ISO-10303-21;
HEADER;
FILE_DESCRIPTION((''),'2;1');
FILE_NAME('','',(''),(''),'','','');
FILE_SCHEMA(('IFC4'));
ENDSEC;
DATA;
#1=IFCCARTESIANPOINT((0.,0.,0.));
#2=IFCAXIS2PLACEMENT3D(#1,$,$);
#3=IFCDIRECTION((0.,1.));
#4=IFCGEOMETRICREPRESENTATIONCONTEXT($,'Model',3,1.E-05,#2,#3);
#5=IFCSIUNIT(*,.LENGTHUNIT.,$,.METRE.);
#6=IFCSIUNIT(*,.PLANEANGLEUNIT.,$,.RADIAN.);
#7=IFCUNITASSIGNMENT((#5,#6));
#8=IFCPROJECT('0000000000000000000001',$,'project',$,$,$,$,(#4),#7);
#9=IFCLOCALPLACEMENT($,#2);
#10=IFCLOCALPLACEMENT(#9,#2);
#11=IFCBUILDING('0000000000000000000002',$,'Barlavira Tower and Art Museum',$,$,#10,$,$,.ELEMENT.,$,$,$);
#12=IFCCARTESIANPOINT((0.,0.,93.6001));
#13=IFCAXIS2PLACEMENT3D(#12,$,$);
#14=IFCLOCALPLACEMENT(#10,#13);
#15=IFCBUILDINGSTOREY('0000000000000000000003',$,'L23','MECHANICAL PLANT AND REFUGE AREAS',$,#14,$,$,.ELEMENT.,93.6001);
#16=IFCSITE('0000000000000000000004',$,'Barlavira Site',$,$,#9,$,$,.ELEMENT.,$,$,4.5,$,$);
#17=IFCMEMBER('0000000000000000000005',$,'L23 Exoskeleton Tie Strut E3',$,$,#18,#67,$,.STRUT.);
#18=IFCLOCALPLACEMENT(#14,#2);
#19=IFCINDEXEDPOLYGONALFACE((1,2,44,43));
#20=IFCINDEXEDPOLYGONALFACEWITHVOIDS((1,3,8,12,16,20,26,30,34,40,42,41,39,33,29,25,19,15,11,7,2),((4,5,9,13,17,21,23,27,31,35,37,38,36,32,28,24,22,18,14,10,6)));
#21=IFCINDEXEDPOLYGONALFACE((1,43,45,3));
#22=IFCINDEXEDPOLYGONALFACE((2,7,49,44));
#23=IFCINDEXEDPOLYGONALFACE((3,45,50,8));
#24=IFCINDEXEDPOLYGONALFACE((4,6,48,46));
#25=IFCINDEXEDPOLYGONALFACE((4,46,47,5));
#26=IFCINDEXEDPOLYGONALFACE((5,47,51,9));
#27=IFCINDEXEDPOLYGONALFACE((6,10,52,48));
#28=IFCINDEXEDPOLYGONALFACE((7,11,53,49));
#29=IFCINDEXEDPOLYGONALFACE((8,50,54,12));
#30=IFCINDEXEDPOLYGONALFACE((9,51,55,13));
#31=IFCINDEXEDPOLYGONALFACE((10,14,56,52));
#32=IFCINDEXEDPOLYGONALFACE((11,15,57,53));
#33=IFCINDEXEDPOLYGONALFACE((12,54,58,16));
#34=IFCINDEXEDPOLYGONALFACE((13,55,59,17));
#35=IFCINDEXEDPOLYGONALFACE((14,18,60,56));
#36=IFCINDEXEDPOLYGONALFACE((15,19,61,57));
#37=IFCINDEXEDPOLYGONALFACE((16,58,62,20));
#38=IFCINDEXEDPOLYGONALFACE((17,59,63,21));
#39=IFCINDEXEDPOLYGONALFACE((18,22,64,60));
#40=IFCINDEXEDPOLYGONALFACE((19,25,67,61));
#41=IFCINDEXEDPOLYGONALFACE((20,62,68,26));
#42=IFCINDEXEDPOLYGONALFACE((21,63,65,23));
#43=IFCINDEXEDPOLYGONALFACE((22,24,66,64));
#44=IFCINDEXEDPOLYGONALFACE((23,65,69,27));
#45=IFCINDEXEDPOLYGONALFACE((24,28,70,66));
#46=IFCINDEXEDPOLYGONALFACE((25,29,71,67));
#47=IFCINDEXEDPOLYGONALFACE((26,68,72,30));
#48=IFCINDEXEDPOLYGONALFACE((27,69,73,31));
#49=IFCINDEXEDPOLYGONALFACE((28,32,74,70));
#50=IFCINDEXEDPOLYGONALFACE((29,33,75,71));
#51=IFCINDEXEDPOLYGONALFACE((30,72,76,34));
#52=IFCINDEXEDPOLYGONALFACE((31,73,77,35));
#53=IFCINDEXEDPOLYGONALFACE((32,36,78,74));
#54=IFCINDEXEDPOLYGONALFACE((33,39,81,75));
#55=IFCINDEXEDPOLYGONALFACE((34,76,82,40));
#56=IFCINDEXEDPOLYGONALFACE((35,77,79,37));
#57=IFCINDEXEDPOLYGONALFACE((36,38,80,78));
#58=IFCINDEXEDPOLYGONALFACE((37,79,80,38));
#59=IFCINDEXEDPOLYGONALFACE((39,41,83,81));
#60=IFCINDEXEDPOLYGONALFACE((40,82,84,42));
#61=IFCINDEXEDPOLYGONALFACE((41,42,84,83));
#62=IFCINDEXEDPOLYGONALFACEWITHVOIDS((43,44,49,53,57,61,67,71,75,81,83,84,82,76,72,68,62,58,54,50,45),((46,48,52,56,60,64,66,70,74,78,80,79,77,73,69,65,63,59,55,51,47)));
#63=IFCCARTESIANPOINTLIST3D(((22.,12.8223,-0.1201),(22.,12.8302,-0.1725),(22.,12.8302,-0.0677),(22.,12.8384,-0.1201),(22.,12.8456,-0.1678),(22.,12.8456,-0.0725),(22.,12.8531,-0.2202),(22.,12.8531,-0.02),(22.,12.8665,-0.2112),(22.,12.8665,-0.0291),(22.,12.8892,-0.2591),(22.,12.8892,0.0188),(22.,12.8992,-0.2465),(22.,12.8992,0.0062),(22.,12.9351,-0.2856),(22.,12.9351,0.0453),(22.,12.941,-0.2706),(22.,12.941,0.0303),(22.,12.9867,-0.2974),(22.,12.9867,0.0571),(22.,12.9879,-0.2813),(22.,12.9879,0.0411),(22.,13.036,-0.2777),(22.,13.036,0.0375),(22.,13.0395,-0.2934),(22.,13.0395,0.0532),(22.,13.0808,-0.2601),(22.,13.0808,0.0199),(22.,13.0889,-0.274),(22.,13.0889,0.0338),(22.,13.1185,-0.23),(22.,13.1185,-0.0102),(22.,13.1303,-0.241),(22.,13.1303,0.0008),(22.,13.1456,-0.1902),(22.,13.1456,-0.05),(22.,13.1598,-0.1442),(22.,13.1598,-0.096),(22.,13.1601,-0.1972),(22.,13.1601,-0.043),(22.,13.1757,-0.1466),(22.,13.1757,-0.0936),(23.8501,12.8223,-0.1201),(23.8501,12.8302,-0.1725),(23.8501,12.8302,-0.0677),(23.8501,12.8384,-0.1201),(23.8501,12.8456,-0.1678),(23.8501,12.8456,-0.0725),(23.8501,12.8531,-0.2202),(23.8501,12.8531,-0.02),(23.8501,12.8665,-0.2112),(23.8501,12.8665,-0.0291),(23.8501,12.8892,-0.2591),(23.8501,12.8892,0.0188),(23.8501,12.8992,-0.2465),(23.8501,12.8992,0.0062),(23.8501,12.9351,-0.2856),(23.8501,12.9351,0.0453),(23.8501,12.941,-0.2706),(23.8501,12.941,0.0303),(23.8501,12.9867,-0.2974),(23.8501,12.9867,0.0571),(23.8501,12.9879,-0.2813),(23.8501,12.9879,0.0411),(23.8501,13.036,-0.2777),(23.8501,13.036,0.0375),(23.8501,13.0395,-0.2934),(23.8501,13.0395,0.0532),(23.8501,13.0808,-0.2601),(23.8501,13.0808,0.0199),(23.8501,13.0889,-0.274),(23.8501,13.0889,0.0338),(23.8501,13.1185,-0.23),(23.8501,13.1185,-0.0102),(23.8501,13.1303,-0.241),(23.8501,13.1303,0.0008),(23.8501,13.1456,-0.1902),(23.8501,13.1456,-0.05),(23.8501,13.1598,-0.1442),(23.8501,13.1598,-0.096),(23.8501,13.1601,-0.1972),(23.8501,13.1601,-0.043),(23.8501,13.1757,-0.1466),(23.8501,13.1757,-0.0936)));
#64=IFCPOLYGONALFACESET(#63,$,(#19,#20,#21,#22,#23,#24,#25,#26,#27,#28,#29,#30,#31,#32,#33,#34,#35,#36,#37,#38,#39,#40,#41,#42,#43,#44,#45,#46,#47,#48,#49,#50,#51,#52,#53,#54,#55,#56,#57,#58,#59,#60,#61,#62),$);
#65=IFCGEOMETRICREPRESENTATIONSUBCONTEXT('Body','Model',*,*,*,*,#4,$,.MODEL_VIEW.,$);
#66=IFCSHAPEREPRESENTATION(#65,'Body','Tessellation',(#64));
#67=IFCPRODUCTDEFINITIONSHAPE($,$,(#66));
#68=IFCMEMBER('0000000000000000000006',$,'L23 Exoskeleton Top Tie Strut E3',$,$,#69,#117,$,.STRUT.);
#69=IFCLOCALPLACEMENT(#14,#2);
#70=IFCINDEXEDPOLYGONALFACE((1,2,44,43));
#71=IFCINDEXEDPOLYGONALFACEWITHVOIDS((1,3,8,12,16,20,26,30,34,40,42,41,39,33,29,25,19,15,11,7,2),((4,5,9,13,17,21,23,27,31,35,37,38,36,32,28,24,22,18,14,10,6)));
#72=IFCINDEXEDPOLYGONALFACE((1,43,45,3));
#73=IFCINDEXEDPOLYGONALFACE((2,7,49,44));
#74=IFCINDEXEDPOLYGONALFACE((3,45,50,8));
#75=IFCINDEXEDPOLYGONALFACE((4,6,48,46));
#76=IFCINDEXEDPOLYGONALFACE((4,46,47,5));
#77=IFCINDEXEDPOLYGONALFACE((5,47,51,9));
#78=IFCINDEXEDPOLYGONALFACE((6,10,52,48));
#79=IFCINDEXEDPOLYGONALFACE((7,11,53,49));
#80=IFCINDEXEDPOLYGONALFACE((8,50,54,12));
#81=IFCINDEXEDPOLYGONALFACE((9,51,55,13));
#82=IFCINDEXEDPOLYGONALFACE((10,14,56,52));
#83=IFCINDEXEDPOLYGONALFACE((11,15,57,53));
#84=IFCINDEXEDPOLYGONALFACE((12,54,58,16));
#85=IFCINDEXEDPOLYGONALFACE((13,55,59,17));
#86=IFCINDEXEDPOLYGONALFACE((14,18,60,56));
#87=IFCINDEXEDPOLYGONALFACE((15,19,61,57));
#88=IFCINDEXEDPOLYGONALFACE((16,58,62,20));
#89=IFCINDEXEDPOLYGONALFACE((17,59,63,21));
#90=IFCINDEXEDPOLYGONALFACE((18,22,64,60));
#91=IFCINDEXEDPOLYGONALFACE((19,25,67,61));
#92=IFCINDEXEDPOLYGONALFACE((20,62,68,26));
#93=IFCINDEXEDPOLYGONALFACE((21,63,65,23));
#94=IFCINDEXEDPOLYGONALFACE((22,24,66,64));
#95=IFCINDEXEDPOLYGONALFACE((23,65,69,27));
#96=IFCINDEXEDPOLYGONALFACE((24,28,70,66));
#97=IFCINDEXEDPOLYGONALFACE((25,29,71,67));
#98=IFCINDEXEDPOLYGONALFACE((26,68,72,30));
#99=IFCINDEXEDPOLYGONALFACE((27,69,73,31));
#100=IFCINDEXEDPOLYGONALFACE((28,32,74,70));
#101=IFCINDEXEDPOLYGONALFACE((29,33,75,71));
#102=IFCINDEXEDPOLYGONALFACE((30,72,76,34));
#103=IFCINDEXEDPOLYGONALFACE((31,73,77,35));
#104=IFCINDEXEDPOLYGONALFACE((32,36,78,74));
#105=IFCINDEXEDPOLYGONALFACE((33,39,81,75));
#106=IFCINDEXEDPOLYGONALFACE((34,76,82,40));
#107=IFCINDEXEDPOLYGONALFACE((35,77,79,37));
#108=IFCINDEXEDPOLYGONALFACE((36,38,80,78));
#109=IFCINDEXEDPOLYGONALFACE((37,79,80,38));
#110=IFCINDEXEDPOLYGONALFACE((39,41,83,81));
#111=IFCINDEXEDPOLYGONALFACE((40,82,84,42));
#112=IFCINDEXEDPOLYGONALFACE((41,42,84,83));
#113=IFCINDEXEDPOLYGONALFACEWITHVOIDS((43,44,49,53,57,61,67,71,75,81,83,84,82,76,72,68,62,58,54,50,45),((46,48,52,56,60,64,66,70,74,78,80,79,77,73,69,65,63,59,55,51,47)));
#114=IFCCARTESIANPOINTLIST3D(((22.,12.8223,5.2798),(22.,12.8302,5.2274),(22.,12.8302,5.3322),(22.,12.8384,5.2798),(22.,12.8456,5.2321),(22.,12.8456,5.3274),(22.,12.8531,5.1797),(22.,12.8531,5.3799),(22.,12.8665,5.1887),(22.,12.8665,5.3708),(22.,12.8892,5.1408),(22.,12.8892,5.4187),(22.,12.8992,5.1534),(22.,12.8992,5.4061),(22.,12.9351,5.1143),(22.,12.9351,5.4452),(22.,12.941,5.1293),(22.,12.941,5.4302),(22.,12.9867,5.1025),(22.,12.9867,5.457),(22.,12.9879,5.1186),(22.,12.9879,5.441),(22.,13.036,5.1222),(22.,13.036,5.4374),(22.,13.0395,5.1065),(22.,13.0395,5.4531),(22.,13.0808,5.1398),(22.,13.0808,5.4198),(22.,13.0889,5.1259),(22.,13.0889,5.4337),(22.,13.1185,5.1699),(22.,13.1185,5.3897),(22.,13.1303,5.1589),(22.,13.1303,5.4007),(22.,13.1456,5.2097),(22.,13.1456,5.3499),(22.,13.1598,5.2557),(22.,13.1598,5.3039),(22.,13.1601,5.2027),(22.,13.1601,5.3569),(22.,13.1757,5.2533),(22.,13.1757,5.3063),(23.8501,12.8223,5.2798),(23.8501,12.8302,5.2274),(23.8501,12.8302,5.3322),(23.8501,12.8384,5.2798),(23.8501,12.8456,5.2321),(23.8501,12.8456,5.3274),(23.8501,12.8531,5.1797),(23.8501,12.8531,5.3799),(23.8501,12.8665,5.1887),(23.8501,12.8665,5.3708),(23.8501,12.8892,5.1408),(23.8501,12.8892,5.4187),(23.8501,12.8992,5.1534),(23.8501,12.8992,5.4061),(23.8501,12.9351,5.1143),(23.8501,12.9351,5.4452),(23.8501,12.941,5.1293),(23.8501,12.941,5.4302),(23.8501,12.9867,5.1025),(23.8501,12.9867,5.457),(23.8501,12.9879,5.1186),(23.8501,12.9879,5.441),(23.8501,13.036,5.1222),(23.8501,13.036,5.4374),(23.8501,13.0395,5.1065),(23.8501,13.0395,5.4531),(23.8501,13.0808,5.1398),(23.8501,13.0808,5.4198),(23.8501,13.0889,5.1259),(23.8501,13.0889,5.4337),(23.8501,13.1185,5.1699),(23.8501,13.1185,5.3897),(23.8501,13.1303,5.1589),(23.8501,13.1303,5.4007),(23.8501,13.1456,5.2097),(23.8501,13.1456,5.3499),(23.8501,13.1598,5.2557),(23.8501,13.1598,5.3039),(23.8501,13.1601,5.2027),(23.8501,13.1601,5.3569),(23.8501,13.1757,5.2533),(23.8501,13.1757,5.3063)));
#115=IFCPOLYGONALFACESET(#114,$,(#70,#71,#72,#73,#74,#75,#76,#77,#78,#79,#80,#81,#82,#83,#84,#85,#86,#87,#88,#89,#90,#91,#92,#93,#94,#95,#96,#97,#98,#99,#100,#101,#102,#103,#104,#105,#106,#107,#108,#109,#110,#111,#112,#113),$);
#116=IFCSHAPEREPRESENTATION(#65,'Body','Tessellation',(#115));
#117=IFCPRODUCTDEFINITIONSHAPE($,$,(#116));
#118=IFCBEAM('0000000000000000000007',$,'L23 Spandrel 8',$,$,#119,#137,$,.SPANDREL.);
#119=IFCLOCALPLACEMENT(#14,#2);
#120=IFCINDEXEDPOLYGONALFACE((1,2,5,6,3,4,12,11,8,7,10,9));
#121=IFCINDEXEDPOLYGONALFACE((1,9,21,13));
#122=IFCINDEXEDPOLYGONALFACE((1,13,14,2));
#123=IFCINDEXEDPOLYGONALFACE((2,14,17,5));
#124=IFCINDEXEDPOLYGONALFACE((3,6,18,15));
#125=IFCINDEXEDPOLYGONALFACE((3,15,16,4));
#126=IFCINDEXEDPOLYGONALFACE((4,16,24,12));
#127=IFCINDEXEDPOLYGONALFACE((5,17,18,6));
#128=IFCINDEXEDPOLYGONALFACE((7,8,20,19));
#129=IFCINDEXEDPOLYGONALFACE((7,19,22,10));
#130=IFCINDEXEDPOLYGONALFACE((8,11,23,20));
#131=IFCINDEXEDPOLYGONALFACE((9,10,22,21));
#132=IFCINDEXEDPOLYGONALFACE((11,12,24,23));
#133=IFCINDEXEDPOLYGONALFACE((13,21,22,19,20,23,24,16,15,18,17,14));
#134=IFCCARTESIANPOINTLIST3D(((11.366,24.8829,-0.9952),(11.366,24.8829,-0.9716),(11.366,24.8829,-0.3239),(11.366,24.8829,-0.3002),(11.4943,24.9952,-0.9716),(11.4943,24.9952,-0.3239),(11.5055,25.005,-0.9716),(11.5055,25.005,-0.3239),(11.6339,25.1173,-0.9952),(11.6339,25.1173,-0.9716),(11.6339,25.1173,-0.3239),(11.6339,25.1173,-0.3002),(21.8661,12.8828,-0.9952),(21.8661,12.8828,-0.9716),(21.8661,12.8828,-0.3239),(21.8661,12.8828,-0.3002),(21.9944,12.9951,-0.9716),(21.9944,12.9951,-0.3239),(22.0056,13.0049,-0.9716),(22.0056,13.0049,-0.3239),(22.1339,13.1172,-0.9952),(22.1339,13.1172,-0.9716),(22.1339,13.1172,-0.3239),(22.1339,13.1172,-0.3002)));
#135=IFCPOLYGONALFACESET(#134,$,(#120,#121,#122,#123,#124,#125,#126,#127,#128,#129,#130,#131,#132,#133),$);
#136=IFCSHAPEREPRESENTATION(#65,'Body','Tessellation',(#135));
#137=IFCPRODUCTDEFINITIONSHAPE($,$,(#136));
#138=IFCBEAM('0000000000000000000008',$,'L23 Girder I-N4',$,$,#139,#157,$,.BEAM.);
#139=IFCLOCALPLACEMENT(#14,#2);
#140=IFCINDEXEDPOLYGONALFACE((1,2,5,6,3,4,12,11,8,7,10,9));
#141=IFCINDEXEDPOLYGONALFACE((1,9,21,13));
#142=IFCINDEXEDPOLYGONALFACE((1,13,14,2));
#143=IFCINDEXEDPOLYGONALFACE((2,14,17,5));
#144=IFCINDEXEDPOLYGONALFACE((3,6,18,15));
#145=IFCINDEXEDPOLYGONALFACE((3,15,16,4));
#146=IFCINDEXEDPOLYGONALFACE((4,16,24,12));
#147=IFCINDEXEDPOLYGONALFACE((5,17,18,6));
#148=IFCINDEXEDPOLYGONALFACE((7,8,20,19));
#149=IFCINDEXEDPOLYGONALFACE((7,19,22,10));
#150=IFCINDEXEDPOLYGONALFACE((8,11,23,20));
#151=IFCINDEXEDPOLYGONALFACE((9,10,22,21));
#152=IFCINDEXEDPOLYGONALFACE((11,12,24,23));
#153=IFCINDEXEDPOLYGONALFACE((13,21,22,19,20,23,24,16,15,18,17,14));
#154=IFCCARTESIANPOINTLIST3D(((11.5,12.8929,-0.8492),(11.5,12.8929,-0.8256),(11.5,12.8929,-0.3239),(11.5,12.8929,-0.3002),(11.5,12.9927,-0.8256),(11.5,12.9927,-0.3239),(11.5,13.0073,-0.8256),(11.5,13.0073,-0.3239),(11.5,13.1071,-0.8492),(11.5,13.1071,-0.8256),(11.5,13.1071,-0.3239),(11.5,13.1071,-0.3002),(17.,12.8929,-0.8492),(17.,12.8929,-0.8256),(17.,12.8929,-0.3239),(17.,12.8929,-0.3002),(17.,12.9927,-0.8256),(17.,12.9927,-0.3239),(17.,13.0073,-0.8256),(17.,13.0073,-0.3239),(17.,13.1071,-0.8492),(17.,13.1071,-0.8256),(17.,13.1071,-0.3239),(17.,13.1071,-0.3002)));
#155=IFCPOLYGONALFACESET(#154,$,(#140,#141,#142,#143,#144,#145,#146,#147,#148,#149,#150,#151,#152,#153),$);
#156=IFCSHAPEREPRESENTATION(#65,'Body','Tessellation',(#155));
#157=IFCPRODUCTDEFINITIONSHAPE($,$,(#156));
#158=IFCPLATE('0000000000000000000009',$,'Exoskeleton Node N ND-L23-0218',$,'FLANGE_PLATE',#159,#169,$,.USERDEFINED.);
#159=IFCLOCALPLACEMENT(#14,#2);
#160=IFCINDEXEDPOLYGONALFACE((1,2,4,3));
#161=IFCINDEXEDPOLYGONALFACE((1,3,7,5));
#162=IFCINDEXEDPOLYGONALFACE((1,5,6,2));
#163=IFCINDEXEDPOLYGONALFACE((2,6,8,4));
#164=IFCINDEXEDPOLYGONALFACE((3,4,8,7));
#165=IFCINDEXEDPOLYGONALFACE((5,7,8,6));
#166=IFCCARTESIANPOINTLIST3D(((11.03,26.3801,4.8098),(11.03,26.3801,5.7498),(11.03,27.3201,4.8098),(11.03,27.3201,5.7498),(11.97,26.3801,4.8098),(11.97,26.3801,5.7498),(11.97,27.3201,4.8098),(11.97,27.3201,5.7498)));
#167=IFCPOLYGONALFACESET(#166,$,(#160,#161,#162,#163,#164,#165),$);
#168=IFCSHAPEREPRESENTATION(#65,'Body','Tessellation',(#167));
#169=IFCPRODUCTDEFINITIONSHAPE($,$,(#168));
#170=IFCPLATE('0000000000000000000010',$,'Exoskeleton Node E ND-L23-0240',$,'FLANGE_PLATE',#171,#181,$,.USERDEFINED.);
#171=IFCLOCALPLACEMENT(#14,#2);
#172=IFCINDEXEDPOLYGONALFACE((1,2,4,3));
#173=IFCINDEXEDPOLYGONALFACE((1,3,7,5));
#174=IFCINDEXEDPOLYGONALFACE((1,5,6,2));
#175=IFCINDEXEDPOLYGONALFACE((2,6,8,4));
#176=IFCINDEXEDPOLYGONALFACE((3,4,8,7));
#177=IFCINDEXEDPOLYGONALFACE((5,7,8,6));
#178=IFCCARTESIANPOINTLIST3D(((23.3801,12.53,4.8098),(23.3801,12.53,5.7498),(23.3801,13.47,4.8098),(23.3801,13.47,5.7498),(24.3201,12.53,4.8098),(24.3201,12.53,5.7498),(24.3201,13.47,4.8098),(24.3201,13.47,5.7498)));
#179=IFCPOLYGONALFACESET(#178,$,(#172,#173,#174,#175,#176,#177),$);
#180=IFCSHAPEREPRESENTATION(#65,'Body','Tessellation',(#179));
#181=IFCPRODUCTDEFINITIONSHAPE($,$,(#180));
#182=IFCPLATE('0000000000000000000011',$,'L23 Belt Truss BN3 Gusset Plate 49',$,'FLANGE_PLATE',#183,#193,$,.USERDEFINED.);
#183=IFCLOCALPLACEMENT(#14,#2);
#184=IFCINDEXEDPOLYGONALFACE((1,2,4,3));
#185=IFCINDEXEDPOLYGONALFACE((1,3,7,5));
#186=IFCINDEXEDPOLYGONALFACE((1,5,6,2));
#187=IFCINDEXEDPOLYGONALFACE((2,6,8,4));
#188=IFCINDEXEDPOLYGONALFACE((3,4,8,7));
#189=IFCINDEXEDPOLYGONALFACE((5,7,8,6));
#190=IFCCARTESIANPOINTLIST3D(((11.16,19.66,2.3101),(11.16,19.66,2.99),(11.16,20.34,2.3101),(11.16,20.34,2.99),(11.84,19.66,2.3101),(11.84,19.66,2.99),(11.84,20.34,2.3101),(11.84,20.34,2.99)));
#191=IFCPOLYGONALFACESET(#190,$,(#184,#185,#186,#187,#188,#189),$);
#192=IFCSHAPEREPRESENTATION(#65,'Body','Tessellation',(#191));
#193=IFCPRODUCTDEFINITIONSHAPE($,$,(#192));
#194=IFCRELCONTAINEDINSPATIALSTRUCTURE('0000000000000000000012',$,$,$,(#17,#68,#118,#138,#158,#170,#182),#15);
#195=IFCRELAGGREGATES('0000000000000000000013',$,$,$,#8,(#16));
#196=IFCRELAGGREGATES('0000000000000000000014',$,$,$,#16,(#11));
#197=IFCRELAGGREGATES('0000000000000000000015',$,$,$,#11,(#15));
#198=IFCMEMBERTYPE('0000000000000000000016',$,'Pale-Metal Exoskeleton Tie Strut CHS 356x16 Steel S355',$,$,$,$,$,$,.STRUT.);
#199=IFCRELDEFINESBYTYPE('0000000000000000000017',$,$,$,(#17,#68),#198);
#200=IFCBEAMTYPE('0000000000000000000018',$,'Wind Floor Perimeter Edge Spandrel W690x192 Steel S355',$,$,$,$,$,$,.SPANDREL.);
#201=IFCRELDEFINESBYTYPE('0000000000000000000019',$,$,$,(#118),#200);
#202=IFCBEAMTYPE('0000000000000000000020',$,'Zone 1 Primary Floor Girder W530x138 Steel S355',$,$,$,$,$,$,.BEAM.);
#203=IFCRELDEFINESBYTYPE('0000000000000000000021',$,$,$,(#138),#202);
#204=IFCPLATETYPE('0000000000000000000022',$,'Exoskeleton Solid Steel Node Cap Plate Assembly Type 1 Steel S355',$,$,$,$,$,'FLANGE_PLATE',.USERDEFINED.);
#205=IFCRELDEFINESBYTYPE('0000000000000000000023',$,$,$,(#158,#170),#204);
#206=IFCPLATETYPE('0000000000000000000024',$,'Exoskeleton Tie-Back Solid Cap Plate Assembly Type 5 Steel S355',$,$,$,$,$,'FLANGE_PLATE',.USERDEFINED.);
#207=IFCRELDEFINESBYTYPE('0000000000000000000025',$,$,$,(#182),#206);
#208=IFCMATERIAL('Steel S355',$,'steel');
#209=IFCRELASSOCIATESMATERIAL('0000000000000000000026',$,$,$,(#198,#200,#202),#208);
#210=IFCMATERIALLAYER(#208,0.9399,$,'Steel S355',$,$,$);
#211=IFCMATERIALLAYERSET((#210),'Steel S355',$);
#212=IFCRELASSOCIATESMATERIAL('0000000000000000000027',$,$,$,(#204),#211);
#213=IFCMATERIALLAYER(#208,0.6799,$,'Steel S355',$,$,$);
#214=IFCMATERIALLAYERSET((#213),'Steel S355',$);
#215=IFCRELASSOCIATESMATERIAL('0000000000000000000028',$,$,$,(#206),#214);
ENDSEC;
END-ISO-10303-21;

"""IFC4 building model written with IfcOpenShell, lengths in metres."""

from ifc_helpers import new_model, si_unit, direction, frame, origin, origin_2d, place, context, subcontext, project, spatial, rectangle, hollow_circle, i_section, extrude, material, layer, layer_set, material_profile, profile_set, type_object, element, save


model = new_model("IFC4")

# Units and contexts
model_context = context("Model", 3, precision=1e-05, world=origin(), true_north=direction((0.0, 1.0)))
body_context = subcontext(model_context, "Body", "Model", "MODEL_VIEW")
ifc_project = project(units=[si_unit("LENGTHUNIT", "METRE"), si_unit("PLANEANGLEUNIT", "RADIAN")], contexts=[model_context])

# Site, building, storey
site_placement = place(None, origin())
site = spatial("IfcSite", under=ifc_project, at=site_placement, Name="Barlavira Site", CompositionType="ELEMENT", RefElevation=4.5)
building_placement = place(site_placement, origin())
building = spatial("IfcBuilding", under=site, at=building_placement, Name="Barlavira Tower and Art Museum", CompositionType="ELEMENT")
storey_placement = place(building_placement, frame((0.0, 0.0, 93.6001)))
storey = spatial("IfcBuildingStorey", under=building, at=storey_placement, Name="L23", Description="MECHANICAL PLANT AND REFUGE AREAS", CompositionType="ELEMENT", Elevation=93.6001)

# Members
ifc_material_1 = material(Name="Steel S355", Category="steel")
ifc_material_profile_1 = material_profile(ifc_material_1, hollow_circle(Radius=0.1777, WallThickness=0.0161, at=origin_2d()), Name="CHS 355.6x16.0")
ifc_profile_set_1 = profile_set([ifc_material_profile_1], Name="Steel S355")
member_type_1 = type_object("IfcMemberType", Name="Pale-Metal Exoskeleton Tie Strut CHS 356x16 Steel S355", PredefinedType="STRUT", material=ifc_profile_set_1)
for number, where, z_axis, x_axis, name in (
    (1, (23.8501, 13.0, -0.1201), (-1.0, 0.0, 0.0), (0.0, -1.0, 0.0), "L23 Exoskeleton Tie Strut E3"),
    (2, (23.8501, 13.0, 5.2798), (-1.0, 0.0, 0.0), (0.0, -1.0, 0.0), "L23 Exoskeleton Top Tie Strut E3"),
):
    element("IfcMember", number, at=place(storey_placement, frame(where, z_axis=z_axis, x_axis=x_axis)), inside=storey, type_object=member_type_1, Name=name, PredefinedType="STRUT", context=body_context, shape_type="SweptSolid", body=[
        extrude(hollow_circle(Radius=0.1777, WallThickness=0.0161, at=origin_2d()), origin(), (0.0, 0.0, 1.0), 1.8501),
    ])

# Beams
ifc_material_profile_2 = material_profile(ifc_material_1, i_section(OverallWidth=0.356, OverallDepth=0.6951, WebThickness=0.0149, FlangeThickness=0.0237, at=origin_2d()), Name="W690x192.0")
ifc_profile_set_2 = profile_set([ifc_material_profile_2], Name="Steel S355")
beam_type_1 = type_object("IfcBeamType", Name="Wind Floor Perimeter Edge Spandrel W690x192 Steel S355", PredefinedType="SPANDREL", material=ifc_profile_set_2)
beam_1_placement = place(storey_placement, frame((22.0, 13.0, -0.6477), z_axis=(-0.658505, 0.752577, 0.0), x_axis=(-0.752577, -0.658505, 0.0)))
element("IfcBeam", 3, at=beam_1_placement, inside=storey, type_object=beam_type_1, Name="L23 Spandrel 8", PredefinedType="SPANDREL", context=body_context, shape_type="SweptSolid", body=[
    extrude(i_section(OverallWidth=0.356, OverallDepth=0.6951, WebThickness=0.0149, FlangeThickness=0.0237, at=origin_2d()), origin(), (0.0, 0.0, 1.0), 15.9453),
])
ifc_material_profile_3 = material_profile(ifc_material_1, i_section(OverallWidth=0.2141, OverallDepth=0.5491, WebThickness=0.0146, FlangeThickness=0.0237, at=origin_2d()), Name="W530x138.0")
ifc_profile_set_3 = profile_set([ifc_material_profile_3], Name="Steel S355")
beam_type_2 = type_object("IfcBeamType", Name="Zone 1 Primary Floor Girder W530x138 Steel S355", PredefinedType="BEAM", material=ifc_profile_set_3)
beam_2_placement = place(storey_placement, frame((11.5, 13.0, -0.5747), z_axis=(1.0, 0.0, 0.0), x_axis=(0.0, 1.0, 0.0)))
element("IfcBeam", 4, at=beam_2_placement, inside=storey, type_object=beam_type_2, Name="L23 Girder I-N4", PredefinedType="BEAM", context=body_context, shape_type="SweptSolid", body=[
    extrude(i_section(OverallWidth=0.2141, OverallDepth=0.5491, WebThickness=0.0146, FlangeThickness=0.0237, at=origin_2d()), origin(), (0.0, 0.0, 1.0), 5.5),
])

# Plates
ifc_layer_1 = layer(ifc_material_1, 0.9399, Name="Steel S355")
ifc_layer_set_1 = layer_set([ifc_layer_1], Name="Steel S355")
plate_type_1 = type_object("IfcPlateType", Name="Exoskeleton Solid Steel Node Cap Plate Assembly Type 1 Steel S355", ElementType="FLANGE_PLATE", PredefinedType="USERDEFINED", material=ifc_layer_set_1)
for number, where, z_axis, x_axis, name in (
    (5, (11.5, 26.8501, 4.8098), (0.0, 0.0, 1.0), (1.0, 0.0, 0.0), "Exoskeleton Node N ND-L23-0218"),
    (6, (23.8501, 13.0, 4.8098), (0.0, 0.0, 1.0), (1.0, 0.0, 0.0), "Exoskeleton Node E ND-L23-0240"),
):
    element("IfcPlate", number, at=place(storey_placement, frame(where, z_axis=z_axis, x_axis=x_axis)), inside=storey, type_object=plate_type_1, Name=name, ObjectType="FLANGE_PLATE", PredefinedType="USERDEFINED", context=body_context, shape_type="SweptSolid", body=[
        extrude(rectangle(XDim=0.9399, YDim=0.9399, at=origin_2d()), origin(), (0.0, 0.0, 1.0), 0.9399),
    ])
ifc_layer_2 = layer(ifc_material_1, 0.6799, Name="Steel S355")
ifc_layer_set_2 = layer_set([ifc_layer_2], Name="Steel S355")
plate_type_2 = type_object("IfcPlateType", Name="Exoskeleton Tie-Back Solid Cap Plate Assembly Type 5 Steel S355", ElementType="FLANGE_PLATE", PredefinedType="USERDEFINED", material=ifc_layer_set_2)
for number, where, z_axis, x_axis, name in (
    (7, (11.5, 20.0, 2.3101), (0.0, 0.0, 1.0), (1.0, 0.0, 0.0), "L23 Belt Truss BN3 Gusset Plate 49"),
):
    element("IfcPlate", number, at=place(storey_placement, frame(where, z_axis=z_axis, x_axis=x_axis)), inside=storey, type_object=plate_type_2, Name=name, ObjectType="FLANGE_PLATE", PredefinedType="USERDEFINED", context=body_context, shape_type="SweptSolid", body=[
        extrude(rectangle(XDim=0.6799, YDim=0.6799, at=origin_2d()), origin(), (0.0, 0.0, 1.0), 0.6799),
    ])

save(model, "model.ifc")
